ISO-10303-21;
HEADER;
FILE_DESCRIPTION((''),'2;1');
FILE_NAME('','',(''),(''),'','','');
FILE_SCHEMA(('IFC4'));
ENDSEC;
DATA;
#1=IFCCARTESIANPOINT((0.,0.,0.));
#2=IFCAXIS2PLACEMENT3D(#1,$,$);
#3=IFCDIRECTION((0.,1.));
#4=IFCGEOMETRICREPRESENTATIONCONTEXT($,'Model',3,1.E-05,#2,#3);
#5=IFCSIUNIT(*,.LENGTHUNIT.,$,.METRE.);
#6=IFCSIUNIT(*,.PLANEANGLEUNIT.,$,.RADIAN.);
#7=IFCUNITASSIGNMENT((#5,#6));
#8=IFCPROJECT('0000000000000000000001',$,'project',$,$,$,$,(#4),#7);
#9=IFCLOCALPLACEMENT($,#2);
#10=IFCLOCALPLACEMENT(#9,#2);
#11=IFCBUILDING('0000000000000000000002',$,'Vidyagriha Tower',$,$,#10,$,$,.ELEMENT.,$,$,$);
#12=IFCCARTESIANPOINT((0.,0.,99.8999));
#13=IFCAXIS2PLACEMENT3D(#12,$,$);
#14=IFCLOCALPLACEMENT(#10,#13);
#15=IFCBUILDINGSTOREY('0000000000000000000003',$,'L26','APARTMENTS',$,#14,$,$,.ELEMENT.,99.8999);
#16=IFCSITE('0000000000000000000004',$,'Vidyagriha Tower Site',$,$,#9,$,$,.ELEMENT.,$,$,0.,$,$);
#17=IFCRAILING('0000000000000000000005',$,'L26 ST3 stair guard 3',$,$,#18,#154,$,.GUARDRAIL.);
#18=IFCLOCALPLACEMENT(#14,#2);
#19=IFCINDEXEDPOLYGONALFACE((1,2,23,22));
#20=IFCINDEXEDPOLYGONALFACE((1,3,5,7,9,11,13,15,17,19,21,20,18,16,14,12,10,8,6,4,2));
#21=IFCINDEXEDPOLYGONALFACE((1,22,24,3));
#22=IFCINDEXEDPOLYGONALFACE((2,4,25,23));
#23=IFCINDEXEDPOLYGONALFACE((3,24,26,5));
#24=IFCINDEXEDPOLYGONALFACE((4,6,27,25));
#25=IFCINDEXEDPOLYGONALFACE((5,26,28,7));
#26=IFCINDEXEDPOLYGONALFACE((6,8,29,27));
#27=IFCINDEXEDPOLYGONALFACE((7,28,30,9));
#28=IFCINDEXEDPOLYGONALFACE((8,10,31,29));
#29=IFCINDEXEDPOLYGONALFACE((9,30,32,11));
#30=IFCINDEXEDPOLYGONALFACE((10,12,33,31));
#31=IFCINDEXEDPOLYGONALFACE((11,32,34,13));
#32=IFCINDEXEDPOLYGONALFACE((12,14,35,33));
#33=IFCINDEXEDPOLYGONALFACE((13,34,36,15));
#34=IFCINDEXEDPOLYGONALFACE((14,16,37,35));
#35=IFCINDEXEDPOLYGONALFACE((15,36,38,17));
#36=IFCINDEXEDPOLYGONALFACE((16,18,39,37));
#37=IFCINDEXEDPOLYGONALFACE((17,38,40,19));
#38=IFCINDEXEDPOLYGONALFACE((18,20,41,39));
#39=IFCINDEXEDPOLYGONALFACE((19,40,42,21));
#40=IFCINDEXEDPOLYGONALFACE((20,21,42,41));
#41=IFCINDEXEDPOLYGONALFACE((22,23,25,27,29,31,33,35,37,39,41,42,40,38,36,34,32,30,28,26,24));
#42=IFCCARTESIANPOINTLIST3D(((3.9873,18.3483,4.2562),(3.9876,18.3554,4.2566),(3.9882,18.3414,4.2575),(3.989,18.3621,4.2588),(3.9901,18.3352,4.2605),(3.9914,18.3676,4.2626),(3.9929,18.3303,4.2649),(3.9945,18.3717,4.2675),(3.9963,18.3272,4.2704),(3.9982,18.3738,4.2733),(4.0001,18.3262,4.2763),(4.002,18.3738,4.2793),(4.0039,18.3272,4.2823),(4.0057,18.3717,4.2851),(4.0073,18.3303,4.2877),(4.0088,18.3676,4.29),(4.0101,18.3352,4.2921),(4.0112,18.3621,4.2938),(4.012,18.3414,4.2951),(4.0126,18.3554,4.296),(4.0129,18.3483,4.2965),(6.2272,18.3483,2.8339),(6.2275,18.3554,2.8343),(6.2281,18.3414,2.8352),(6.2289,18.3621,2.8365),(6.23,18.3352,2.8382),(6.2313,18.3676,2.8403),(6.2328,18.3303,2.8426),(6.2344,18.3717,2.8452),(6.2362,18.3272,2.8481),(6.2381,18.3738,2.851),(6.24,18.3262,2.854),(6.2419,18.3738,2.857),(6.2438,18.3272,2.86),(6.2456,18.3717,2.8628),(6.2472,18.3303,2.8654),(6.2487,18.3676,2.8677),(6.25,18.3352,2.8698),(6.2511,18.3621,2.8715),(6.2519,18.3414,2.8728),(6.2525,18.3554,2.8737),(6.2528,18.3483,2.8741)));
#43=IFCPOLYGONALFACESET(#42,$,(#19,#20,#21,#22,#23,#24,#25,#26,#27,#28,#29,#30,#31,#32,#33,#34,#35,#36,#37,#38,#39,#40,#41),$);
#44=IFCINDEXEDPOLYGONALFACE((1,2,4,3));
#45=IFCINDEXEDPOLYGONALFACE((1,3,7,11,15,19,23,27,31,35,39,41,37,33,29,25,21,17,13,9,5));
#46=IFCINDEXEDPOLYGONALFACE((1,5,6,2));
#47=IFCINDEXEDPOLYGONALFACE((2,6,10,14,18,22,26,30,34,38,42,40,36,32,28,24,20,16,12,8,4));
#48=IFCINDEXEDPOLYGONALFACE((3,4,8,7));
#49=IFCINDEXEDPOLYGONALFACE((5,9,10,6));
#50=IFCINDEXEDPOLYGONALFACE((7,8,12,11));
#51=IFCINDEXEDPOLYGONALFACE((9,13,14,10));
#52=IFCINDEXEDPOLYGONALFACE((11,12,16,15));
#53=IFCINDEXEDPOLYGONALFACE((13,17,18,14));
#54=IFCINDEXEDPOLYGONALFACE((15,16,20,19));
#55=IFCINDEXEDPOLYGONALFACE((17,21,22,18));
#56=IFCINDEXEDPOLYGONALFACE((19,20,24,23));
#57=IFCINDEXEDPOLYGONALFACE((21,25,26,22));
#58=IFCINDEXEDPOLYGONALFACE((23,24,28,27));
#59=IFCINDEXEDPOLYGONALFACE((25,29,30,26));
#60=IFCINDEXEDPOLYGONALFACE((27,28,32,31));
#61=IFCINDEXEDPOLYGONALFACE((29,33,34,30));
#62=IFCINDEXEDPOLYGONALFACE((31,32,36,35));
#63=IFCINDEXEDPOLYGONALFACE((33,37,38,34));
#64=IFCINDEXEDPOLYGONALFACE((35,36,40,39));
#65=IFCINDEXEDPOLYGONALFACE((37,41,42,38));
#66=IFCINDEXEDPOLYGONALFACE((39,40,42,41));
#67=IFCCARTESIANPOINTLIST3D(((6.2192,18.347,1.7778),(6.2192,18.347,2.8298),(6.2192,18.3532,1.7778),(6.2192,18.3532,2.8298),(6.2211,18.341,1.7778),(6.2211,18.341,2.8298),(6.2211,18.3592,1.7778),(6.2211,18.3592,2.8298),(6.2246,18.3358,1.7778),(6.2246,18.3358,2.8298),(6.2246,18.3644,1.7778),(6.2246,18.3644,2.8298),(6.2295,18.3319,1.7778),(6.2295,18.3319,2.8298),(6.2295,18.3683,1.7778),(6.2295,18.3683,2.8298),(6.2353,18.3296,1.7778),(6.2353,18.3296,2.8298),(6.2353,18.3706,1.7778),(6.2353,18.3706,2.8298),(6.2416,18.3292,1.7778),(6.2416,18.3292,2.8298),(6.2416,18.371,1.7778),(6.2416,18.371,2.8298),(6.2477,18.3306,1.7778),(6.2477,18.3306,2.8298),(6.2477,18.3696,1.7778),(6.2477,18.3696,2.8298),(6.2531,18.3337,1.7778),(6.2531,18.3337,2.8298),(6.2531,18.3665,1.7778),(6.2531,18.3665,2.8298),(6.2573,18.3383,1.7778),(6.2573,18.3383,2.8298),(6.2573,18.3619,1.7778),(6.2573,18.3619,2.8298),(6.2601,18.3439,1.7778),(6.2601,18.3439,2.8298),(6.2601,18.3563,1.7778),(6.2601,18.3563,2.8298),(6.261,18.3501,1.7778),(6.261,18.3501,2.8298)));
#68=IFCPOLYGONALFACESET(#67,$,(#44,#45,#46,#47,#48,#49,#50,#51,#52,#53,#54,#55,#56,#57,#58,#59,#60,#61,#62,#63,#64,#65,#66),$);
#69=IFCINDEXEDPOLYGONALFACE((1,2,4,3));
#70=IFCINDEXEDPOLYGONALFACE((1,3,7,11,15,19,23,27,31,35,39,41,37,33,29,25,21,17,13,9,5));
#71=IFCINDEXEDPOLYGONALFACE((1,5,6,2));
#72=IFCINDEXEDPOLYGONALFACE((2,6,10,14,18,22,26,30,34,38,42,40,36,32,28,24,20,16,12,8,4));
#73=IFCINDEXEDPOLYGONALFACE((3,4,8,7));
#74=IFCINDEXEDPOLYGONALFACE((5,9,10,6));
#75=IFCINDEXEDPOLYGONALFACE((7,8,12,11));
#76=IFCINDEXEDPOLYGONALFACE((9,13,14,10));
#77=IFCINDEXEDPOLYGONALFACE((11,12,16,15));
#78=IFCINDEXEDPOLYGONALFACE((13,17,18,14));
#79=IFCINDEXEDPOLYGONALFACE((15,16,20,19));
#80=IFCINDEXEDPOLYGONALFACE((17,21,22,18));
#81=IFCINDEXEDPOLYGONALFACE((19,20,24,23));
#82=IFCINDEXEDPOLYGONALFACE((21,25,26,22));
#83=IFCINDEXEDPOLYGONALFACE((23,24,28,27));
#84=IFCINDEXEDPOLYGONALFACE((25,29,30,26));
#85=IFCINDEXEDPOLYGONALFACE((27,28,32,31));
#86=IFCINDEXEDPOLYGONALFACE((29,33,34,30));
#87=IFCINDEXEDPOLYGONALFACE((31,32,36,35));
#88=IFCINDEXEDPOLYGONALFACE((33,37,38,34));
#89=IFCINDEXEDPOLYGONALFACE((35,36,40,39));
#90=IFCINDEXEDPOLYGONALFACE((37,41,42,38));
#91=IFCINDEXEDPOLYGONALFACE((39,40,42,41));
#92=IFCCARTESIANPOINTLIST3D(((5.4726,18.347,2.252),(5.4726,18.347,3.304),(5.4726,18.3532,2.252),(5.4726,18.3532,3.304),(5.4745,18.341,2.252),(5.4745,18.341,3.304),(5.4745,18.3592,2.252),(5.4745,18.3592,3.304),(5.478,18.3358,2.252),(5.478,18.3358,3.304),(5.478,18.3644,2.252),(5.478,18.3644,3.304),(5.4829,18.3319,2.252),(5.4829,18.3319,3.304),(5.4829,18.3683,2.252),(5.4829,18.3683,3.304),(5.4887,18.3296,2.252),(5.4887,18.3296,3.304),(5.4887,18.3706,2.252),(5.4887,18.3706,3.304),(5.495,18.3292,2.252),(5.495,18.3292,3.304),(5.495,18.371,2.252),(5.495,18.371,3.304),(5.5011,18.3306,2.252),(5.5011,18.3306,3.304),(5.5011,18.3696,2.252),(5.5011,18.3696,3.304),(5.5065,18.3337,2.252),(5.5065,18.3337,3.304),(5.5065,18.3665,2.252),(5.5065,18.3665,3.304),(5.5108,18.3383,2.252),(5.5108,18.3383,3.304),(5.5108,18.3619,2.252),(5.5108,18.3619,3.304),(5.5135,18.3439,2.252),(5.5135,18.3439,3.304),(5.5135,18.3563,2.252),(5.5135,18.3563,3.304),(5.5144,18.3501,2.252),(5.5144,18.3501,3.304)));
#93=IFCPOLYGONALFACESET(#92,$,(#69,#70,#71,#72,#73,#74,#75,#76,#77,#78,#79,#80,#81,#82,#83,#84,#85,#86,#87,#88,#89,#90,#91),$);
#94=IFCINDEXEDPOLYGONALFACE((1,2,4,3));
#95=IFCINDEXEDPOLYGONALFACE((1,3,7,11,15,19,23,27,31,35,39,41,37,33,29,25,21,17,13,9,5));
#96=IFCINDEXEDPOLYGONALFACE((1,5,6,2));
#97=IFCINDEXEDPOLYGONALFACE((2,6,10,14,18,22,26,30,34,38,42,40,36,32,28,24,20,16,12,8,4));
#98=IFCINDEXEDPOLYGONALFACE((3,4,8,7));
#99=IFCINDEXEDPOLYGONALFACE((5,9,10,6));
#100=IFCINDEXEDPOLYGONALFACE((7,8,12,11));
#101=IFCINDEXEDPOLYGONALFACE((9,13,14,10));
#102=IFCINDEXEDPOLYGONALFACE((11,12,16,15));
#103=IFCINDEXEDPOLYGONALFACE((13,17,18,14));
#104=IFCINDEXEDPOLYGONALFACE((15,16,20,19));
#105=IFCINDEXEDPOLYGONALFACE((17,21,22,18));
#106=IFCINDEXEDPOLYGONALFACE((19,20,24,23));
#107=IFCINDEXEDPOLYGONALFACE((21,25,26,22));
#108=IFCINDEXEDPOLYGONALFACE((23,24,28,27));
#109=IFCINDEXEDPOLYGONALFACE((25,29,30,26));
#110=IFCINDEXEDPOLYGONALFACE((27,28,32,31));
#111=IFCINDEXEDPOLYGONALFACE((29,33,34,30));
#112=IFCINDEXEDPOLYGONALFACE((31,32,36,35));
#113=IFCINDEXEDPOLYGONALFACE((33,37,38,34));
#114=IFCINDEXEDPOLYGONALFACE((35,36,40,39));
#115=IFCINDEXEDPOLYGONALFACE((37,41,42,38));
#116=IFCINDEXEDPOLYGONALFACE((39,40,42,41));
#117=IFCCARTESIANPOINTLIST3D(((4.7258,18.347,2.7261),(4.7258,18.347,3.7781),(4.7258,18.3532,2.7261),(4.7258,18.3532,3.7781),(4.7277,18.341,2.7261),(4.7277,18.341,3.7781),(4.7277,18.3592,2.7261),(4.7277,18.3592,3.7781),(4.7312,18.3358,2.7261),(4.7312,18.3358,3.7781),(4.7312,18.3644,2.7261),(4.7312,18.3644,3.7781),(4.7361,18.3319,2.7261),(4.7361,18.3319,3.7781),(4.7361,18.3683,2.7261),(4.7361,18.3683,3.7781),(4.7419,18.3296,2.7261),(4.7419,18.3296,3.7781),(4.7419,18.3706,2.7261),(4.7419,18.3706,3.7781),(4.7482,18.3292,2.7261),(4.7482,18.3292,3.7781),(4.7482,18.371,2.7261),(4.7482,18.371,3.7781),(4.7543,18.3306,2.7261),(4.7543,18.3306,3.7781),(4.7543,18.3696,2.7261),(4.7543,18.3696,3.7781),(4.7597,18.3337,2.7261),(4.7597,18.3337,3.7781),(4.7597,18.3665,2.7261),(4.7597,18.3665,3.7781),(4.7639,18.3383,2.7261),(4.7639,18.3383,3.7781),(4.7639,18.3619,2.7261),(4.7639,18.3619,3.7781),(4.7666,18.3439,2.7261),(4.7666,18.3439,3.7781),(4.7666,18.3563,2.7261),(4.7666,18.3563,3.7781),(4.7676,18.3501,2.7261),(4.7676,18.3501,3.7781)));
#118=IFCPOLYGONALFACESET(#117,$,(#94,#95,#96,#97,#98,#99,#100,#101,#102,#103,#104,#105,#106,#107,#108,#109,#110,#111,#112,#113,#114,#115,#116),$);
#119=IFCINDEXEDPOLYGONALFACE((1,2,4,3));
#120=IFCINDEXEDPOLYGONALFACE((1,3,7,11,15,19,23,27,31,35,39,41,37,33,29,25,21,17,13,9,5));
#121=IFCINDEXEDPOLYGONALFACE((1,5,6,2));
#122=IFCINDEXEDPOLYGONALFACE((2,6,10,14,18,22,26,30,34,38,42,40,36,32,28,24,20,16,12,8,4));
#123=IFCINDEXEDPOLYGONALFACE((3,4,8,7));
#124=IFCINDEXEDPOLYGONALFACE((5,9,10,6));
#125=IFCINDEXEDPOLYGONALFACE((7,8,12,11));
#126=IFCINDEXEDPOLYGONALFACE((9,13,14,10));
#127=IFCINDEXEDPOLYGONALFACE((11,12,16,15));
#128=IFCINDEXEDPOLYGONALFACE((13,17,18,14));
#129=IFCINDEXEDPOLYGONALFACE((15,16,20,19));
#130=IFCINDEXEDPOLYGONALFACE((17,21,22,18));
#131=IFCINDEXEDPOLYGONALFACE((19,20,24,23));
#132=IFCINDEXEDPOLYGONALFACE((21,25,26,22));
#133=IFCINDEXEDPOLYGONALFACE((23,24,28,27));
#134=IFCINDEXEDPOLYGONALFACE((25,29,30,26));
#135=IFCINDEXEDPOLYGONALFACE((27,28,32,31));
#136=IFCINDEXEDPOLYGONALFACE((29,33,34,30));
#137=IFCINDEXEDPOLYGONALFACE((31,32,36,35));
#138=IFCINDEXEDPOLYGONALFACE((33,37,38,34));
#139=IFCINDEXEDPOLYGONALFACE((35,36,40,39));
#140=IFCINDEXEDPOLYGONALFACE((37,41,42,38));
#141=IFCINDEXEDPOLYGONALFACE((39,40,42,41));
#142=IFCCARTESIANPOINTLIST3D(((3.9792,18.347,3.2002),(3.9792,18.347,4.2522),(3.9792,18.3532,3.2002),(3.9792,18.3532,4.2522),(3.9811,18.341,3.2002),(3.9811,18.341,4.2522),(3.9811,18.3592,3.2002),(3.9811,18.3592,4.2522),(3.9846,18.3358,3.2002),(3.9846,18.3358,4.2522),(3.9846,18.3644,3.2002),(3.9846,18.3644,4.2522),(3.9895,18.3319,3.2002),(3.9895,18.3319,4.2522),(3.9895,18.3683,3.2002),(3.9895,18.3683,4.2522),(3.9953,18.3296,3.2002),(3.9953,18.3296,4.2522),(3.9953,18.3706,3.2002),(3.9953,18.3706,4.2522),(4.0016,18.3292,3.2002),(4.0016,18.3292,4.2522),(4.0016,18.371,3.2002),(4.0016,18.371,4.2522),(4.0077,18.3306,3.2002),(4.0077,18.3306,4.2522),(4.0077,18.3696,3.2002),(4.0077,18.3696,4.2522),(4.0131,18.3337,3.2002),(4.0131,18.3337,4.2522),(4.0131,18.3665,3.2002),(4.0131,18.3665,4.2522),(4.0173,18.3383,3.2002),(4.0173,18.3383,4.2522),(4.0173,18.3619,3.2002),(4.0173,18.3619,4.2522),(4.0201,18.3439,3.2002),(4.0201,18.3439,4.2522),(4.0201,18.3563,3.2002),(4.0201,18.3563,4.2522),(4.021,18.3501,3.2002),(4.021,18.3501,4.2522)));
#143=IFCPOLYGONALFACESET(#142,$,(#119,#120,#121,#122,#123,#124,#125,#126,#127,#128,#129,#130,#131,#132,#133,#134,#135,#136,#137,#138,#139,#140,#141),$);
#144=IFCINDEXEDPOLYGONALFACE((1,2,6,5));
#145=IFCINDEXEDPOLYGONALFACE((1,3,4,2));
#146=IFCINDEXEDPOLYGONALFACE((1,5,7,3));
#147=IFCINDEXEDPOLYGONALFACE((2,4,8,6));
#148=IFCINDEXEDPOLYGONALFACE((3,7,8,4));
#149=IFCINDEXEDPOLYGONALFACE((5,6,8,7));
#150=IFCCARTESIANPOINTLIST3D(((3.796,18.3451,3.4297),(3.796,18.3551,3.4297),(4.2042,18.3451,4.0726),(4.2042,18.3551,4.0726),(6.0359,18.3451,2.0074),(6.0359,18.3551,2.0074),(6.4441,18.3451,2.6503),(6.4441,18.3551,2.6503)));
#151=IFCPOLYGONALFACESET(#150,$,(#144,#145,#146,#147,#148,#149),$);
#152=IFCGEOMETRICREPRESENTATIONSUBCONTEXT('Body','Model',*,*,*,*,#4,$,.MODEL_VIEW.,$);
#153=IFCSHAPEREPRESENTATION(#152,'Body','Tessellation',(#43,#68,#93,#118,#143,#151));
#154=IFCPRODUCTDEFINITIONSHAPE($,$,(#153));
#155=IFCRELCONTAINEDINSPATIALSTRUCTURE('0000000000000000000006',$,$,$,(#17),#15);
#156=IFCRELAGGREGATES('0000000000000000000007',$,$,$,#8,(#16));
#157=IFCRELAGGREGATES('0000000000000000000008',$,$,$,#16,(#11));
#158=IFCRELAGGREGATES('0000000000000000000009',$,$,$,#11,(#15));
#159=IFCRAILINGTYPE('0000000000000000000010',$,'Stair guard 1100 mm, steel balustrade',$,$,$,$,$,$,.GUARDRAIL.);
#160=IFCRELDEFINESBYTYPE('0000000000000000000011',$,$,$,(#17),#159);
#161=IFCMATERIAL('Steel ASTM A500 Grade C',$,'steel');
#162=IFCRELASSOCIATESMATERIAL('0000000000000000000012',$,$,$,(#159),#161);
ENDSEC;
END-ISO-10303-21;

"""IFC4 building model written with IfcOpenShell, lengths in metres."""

from ifc_helpers import new_model, si_unit, direction, frame, origin, origin_2d, place, context, subcontext, project, spatial, rectangle, circle, extrude, material, type_object, element, save


model = new_model("IFC4")

# Units and contexts
model_context = context("Model", 3, precision=1e-05, world=origin(), true_north=direction((0.0, 1.0)))
body_context = subcontext(model_context, "Body", "Model", "MODEL_VIEW")
ifc_project = project(units=[si_unit("LENGTHUNIT", "METRE"), si_unit("PLANEANGLEUNIT", "RADIAN")], contexts=[model_context])

# Site, building, storey
site_placement = place(None, origin())
site = spatial("IfcSite", under=ifc_project, at=site_placement, Name="Vidyagriha Tower Site", CompositionType="ELEMENT", RefElevation=0.0)
building_placement = place(site_placement, origin())
building = spatial("IfcBuilding", under=site, at=building_placement, Name="Vidyagriha Tower", CompositionType="ELEMENT")
storey_placement = place(building_placement, frame((0.0, 0.0, 99.8999)))
storey = spatial("IfcBuildingStorey", under=building, at=storey_placement, Name="L26", Description="APARTMENTS", CompositionType="ELEMENT", Elevation=99.8999)

# Railing
ifc_material_1 = material(Name="Steel ASTM A500 Grade C", Category="steel")
railing_type_1 = type_object("IfcRailingType", Name="Stair guard 1100 mm, steel balustrade", PredefinedType="GUARDRAIL", material=ifc_material_1)
railing_1_placement = place(storey_placement, frame((6.24, 18.3501, 1.7778)))
element("IfcRailing", 1, at=railing_1_placement, inside=storey, type_object=railing_type_1, Name="L26 ST3 stair guard 3", PredefinedType="GUARDRAIL", context=body_context, shape_type="SweptSolid", body=[
    extrude(circle(Radius=0.0239, at=origin_2d()), frame((0.0, 0.0, 1.0762), z_axis=(-0.844188, 0.0, 0.536048), x_axis=(0.0, -1.0, 0.0)), (0.0, 0.0, 1.0), 2.6533),
    extrude(circle(Radius=0.021, at=origin_2d()), origin(), (0.0, 0.0, 1.0), 1.052),
    extrude(circle(Radius=0.021, at=origin_2d()), frame((-0.7466, 0.0, 0.4741)), (0.0, 0.0, 1.0), 1.052),
    extrude(circle(Radius=0.021, at=origin_2d()), frame((-1.4934, 0.0, 0.9482)), (0.0, 0.0, 1.0), 1.052),
    extrude(circle(Radius=0.021, at=origin_2d()), frame((-2.24, 0.0, 1.4224)), (0.0, 0.0, 1.0), 1.052),
    extrude(rectangle(XDim=0.01, YDim=0.7615, at=origin_2d()), frame((0.0, 0.0, 0.551), z_axis=(-0.844188, 0.0, 0.536048), x_axis=(0.0, -1.0, 0.0)), (0.0, 0.0, 1.0), 2.6533),
])

save(model, "model.ifc")
